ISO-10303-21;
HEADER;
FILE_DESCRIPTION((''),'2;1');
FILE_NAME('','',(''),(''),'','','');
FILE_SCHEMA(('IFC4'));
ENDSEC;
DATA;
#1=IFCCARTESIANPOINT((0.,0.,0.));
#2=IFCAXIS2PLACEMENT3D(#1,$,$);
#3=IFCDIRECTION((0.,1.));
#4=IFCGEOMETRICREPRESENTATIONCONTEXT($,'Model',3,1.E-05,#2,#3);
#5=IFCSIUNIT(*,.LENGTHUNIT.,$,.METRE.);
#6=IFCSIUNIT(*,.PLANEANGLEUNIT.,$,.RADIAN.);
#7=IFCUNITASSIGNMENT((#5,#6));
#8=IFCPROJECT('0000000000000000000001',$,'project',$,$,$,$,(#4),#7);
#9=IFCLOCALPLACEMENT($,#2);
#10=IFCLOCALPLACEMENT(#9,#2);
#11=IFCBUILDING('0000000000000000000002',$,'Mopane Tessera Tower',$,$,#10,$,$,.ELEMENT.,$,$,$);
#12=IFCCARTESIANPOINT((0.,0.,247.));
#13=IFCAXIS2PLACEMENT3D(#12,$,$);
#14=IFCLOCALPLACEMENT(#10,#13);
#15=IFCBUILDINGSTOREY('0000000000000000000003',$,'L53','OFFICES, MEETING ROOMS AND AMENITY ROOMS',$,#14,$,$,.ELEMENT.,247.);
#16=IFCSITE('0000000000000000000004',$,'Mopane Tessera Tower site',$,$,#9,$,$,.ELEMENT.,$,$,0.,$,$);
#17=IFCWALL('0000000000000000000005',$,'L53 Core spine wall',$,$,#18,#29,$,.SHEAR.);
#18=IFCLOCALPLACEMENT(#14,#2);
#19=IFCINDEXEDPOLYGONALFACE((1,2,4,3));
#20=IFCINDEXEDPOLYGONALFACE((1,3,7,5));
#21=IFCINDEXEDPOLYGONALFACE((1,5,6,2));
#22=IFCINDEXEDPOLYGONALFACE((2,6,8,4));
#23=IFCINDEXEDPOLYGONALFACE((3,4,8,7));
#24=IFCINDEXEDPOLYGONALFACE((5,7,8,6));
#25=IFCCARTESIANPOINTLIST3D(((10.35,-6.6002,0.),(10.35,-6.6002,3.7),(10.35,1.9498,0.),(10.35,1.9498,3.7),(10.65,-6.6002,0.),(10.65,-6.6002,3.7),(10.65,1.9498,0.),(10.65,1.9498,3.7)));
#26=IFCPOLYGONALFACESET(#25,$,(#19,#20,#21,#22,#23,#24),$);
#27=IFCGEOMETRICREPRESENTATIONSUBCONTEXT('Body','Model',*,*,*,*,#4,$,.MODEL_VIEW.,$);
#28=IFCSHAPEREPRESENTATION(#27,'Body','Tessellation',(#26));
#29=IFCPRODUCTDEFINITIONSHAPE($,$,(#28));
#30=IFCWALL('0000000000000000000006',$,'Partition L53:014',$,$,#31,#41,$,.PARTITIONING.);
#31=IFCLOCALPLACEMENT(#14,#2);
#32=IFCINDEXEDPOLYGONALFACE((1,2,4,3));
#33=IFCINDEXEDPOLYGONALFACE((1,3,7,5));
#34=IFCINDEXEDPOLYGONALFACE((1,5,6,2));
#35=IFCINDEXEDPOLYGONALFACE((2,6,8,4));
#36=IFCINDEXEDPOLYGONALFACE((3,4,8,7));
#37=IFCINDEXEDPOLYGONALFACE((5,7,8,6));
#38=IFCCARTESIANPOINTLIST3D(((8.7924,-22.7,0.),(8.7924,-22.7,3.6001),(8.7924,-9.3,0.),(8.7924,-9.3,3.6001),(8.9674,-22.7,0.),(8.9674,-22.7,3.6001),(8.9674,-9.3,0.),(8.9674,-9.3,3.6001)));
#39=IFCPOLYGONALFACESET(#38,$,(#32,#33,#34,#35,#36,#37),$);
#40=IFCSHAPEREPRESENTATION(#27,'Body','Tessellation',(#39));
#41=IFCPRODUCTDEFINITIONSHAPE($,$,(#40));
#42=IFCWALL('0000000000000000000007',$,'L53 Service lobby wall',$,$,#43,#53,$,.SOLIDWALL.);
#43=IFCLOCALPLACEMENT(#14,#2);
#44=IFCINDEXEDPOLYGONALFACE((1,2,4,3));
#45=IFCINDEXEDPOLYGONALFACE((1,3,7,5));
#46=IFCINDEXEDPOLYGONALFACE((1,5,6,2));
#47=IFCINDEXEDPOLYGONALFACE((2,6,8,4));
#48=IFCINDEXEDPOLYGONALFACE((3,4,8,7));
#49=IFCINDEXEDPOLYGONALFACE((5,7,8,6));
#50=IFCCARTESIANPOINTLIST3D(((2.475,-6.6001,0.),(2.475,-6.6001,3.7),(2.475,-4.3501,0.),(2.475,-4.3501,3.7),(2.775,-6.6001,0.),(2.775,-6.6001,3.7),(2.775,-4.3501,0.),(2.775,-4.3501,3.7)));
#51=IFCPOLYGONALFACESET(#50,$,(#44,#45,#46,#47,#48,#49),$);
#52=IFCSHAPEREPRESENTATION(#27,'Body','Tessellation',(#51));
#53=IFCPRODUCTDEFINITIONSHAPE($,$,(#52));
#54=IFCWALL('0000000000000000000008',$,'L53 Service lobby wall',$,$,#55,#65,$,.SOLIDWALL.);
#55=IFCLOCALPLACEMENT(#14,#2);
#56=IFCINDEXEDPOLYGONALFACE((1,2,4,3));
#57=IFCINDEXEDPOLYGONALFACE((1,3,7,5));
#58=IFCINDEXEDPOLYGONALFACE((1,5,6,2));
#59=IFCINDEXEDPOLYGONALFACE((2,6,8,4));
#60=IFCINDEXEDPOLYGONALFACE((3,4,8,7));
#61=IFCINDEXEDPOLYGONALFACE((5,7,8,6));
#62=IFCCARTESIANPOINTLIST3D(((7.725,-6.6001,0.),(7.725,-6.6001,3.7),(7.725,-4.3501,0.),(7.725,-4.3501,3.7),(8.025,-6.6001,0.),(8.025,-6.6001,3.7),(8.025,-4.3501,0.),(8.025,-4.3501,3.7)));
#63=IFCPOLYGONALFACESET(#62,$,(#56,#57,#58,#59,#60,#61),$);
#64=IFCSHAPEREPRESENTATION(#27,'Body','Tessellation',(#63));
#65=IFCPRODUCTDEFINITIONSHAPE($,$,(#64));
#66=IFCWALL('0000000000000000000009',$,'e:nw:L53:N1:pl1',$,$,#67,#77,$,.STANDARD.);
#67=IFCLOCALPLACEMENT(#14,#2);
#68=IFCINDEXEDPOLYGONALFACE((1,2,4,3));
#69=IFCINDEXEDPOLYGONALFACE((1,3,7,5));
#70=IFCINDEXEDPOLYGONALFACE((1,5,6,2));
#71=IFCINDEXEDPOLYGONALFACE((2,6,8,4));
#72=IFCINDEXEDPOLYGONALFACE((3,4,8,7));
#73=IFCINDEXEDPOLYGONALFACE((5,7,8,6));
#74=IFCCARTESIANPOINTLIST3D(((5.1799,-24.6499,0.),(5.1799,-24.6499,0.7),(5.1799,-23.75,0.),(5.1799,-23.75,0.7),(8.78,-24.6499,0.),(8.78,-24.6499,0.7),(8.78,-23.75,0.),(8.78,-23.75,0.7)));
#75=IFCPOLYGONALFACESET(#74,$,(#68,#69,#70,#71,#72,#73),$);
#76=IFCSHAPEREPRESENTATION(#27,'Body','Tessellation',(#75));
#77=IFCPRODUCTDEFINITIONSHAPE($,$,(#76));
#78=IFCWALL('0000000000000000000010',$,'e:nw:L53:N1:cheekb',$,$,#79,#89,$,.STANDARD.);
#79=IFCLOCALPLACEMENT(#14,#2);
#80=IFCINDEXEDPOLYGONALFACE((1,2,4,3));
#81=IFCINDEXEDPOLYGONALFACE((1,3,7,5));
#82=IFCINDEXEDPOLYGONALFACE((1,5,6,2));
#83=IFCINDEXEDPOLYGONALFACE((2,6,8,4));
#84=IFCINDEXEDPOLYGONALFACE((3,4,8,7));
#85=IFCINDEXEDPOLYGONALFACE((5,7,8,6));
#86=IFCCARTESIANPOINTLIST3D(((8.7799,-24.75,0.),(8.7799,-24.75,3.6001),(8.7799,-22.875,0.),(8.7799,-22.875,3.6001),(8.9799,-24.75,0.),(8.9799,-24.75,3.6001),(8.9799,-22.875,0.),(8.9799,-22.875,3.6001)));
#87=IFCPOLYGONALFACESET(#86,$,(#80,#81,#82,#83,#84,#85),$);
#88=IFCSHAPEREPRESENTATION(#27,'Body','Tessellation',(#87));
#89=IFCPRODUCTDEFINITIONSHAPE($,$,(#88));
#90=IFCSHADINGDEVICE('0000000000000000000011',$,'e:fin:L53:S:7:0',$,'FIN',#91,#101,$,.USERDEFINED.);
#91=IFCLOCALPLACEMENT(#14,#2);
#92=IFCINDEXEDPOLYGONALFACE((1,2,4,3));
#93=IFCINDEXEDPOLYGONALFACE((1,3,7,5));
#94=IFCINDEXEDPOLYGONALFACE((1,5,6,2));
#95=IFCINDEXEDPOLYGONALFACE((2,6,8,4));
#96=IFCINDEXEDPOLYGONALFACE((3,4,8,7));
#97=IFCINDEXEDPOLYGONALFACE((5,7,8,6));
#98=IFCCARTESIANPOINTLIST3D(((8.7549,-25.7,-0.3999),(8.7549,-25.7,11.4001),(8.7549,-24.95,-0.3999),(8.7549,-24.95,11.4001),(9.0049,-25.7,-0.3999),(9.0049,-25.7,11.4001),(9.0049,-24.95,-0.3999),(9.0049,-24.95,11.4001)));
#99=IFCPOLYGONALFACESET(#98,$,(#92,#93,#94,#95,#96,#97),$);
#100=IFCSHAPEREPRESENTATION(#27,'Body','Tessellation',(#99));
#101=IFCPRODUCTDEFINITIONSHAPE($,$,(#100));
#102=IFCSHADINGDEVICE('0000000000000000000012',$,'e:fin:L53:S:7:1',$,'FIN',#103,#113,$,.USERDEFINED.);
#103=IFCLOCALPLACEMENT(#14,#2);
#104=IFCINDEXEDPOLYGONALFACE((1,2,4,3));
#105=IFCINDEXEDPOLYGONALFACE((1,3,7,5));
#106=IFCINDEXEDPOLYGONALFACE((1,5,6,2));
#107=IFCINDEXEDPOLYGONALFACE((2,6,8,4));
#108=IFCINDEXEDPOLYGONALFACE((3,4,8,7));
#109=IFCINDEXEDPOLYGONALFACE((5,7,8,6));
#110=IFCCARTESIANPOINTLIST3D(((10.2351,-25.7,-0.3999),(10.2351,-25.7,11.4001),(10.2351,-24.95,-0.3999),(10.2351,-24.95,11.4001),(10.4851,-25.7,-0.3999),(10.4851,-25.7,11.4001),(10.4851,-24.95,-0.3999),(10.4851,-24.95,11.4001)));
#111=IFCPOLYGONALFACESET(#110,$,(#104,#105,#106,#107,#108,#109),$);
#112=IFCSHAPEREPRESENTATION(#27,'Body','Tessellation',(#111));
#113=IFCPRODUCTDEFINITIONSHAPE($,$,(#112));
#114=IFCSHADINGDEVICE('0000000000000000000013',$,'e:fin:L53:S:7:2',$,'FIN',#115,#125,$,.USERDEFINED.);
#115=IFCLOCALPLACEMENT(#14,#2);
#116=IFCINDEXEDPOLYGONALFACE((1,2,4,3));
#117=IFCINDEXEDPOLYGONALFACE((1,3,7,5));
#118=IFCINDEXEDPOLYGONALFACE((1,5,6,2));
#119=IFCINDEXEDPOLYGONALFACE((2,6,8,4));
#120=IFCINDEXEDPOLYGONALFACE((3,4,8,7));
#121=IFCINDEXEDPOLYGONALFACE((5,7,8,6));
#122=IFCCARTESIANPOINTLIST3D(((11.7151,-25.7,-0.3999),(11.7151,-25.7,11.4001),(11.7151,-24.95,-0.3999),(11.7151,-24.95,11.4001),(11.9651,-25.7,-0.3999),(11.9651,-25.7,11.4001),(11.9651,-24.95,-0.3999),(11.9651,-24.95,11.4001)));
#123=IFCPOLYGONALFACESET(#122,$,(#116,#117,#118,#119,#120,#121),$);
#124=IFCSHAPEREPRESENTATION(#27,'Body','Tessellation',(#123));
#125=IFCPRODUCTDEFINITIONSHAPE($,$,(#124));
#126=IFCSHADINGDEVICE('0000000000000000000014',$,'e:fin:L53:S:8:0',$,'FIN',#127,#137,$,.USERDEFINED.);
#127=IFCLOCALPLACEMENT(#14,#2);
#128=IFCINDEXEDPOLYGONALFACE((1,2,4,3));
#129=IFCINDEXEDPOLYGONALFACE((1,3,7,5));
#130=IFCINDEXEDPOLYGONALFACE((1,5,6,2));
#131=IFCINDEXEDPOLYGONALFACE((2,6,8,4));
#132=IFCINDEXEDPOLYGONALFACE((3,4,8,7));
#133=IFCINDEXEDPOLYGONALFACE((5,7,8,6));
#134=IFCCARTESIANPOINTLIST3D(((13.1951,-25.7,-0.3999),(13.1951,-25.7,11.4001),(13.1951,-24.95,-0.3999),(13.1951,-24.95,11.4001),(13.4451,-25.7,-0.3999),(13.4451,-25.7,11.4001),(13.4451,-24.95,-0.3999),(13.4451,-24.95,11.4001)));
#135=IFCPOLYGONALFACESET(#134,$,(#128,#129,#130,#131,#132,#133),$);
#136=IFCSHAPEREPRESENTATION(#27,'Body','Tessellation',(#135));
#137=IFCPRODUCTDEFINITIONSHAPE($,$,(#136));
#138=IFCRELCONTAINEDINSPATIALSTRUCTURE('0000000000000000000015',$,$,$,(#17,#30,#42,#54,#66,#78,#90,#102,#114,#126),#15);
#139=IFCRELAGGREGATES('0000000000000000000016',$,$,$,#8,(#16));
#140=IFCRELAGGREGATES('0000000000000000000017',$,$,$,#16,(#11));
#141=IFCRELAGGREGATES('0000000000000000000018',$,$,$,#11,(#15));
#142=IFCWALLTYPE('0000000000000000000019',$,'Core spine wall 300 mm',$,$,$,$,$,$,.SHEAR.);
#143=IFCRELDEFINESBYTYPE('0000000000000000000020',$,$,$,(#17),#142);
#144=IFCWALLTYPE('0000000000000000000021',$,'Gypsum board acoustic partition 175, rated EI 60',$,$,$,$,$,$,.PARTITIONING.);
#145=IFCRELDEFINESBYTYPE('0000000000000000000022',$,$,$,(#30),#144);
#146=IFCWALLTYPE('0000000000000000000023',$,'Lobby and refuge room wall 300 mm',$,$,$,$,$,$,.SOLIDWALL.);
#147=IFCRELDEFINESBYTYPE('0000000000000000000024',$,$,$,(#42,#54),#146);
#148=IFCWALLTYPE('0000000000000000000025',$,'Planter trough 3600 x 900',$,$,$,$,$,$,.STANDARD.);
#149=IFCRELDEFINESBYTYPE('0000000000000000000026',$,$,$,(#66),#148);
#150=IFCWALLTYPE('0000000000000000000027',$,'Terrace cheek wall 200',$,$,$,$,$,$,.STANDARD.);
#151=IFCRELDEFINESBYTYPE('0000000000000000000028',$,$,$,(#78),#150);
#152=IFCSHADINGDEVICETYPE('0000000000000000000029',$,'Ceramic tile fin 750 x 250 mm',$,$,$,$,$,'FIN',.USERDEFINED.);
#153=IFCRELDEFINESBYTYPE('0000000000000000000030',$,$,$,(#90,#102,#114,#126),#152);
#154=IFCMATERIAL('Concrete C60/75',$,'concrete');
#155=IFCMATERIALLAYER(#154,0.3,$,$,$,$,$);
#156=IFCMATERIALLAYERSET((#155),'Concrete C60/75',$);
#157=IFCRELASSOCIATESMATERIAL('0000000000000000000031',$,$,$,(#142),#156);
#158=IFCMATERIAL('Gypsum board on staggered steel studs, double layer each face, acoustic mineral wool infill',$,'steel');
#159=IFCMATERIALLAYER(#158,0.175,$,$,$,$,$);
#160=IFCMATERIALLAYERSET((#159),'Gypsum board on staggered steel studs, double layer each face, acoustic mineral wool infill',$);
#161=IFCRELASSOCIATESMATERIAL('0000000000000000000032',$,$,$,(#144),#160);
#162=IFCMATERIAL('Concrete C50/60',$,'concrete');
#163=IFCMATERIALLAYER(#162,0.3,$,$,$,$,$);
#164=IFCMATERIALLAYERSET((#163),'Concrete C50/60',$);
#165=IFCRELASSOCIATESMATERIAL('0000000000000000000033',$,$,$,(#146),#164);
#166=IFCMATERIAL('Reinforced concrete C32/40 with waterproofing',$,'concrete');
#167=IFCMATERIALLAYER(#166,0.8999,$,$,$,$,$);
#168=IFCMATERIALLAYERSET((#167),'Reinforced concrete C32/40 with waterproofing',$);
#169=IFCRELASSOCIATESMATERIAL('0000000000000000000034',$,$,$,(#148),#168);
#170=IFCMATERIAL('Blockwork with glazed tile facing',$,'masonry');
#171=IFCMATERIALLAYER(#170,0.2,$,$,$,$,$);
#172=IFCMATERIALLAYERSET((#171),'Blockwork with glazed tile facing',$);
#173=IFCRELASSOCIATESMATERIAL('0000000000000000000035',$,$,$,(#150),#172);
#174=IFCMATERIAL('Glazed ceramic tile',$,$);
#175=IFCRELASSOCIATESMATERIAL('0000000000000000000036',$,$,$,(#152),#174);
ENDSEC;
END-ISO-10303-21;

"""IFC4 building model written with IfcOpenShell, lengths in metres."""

from ifc_helpers import new_model, si_unit, direction, frame, frame_2d, origin, origin_2d, place, context, subcontext, project, spatial, rectangle, extrude, material, layer, layer_set, type_object, element, save


model = new_model("IFC4")

# Units and contexts
model_context = context("Model", 3, precision=1e-05, world=origin(), true_north=direction((0.0, 1.0)))
body_context = subcontext(model_context, "Body", "Model", "MODEL_VIEW")
ifc_project = project(units=[si_unit("LENGTHUNIT", "METRE"), si_unit("PLANEANGLEUNIT", "RADIAN")], contexts=[model_context])

# Site, building, storey
site_placement = place(None, origin())
site = spatial("IfcSite", under=ifc_project, at=site_placement, Name="Mopane Tessera Tower site", CompositionType="ELEMENT", RefElevation=0.0)
building_placement = place(site_placement, origin())
building = spatial("IfcBuilding", under=site, at=building_placement, Name="Mopane Tessera Tower", CompositionType="ELEMENT")
storey_placement = place(building_placement, frame((0.0, 0.0, 247.0)))
storey = spatial("IfcBuildingStorey", under=building, at=storey_placement, Name="L53", Description="OFFICES, MEETING ROOMS AND AMENITY ROOMS", CompositionType="ELEMENT", Elevation=247.0)

# Walls
ifc_material_1 = material(Name="Concrete C60/75", Category="concrete")
ifc_layer_1 = layer(ifc_material_1, 0.3)
ifc_layer_set_1 = layer_set([ifc_layer_1], Name="Concrete C60/75")
wall_type_1 = type_object("IfcWallType", Name="Core spine wall 300 mm", PredefinedType="SHEAR", material=ifc_layer_set_1)
wall_1_placement = place(storey_placement, frame((10.5, -6.6001, 0.0), z_axis=(0.0, 0.0, 1.0), x_axis=(0.0, 1.0, 0.0)))
element("IfcWall", 1, at=wall_1_placement, inside=storey, type_object=wall_type_1, Name="L53 Core spine wall", PredefinedType="SHEAR", context=body_context, shape_type="SweptSolid", body=[
    extrude(rectangle(XDim=8.55, YDim=0.3, at=frame_2d((4.2749, 0.0))), origin(), (0.0, 0.0, 1.0), 3.7),
])
ifc_material_2 = material(Name="Gypsum board on staggered steel studs, double layer each face, acoustic mineral wool infill", Category="steel")
ifc_layer_2 = layer(ifc_material_2, 0.175)
ifc_layer_set_2 = layer_set([ifc_layer_2], Name="Gypsum board on staggered steel studs, double layer each face, acoustic mineral wool infill")
wall_type_2 = type_object("IfcWallType", Name="Gypsum board acoustic partition 175, rated EI 60", PredefinedType="PARTITIONING", material=ifc_layer_set_2)
wall_2_placement = place(storey_placement, frame((8.8799, -22.7, 0.0), z_axis=(0.0, 0.0, 1.0), x_axis=(0.0, 1.0, 0.0)))
element("IfcWall", 2, at=wall_2_placement, inside=storey, type_object=wall_type_2, Name="Partition L53:014", PredefinedType="PARTITIONING", context=body_context, shape_type="SweptSolid", body=[
    extrude(rectangle(XDim=13.3999, YDim=0.175, at=frame_2d((6.7, 0.0))), origin(), (0.0, 0.0, 1.0), 3.6001),
])
ifc_material_3 = material(Name="Concrete C50/60", Category="concrete")
ifc_layer_3 = layer(ifc_material_3, 0.3)
ifc_layer_set_3 = layer_set([ifc_layer_3], Name="Concrete C50/60")
wall_type_3 = type_object("IfcWallType", Name="Lobby and refuge room wall 300 mm", PredefinedType="SOLIDWALL", material=ifc_layer_set_3)
for number, where, z_axis, x_axis, name in (
    (3, (2.625, -6.6001, 0.0), (0.0, 0.0, 1.0), (0.0, 1.0, 0.0), "L53 Service lobby wall"),
    (4, (7.875, -6.6001, 0.0), (0.0, 0.0, 1.0), (0.0, 1.0, 0.0), "L53 Service lobby wall"),
):
    element("IfcWall", number, at=place(storey_placement, frame(where, z_axis=z_axis, x_axis=x_axis)), inside=storey, type_object=wall_type_3, Name=name, PredefinedType="SOLIDWALL", context=body_context, shape_type="SweptSolid", body=[
        extrude(rectangle(XDim=2.25, YDim=0.3, at=frame_2d((1.125, 0.0))), origin(), (0.0, 0.0, 1.0), 3.7),
    ])
ifc_material_4 = material(Name="Reinforced concrete C32/40 with waterproofing", Category="concrete")
ifc_layer_4 = layer(ifc_material_4, 0.8999)
ifc_layer_set_4 = layer_set([ifc_layer_4], Name="Reinforced concrete C32/40 with waterproofing")
wall_type_4 = type_object("IfcWallType", Name="Planter trough 3600 x 900", PredefinedType="STANDARD", material=ifc_layer_set_4)
wall_3_placement = place(storey_placement, frame((5.1799, -24.2, 0.0), z_axis=(0.0, 0.0, 1.0), x_axis=(1.0, 0.0, 0.0)))
element("IfcWall", 5, at=wall_3_placement, inside=storey, type_object=wall_type_4, Name="e:nw:L53:N1:pl1", PredefinedType="STANDARD", context=body_context, shape_type="SweptSolid", body=[
    extrude(rectangle(XDim=3.6001, YDim=0.8999, at=frame_2d((1.8, 0.0))), origin(), (0.0, 0.0, 1.0), 0.7),
])
ifc_material_5 = material(Name="Blockwork with glazed tile facing", Category="masonry")
ifc_layer_5 = layer(ifc_material_5, 0.2)
ifc_layer_set_5 = layer_set([ifc_layer_5], Name="Blockwork with glazed tile facing")
wall_type_5 = type_object("IfcWallType", Name="Terrace cheek wall 200", PredefinedType="STANDARD", material=ifc_layer_set_5)
wall_4_placement = place(storey_placement, frame((8.8799, -24.75, 0.0), z_axis=(0.0, 0.0, 1.0), x_axis=(0.0, 1.0, 0.0)))
element("IfcWall", 6, at=wall_4_placement, inside=storey, type_object=wall_type_5, Name="e:nw:L53:N1:cheekb", PredefinedType="STANDARD", context=body_context, shape_type="SweptSolid", body=[
    extrude(rectangle(XDim=1.875, YDim=0.2, at=frame_2d((0.9375, 0.0))), origin(), (0.0, 0.0, 1.0), 3.6001),
])

# Shading devices
ifc_material_6 = material(Name="Glazed ceramic tile")
shading_device_type = type_object("IfcShadingDeviceType", Name="Ceramic tile fin 750 x 250 mm", ElementType="FIN", PredefinedType="USERDEFINED", material=ifc_material_6)
for number, where, z_axis, x_axis, name in (
    (7, (8.8799, -25.325, -0.3999), (0.0, 0.0, 1.0), (1.0, 0.0, 0.0), "e:fin:L53:S:7:0"),
    (8, (10.3601, -25.325, -0.3999), (0.0, 0.0, 1.0), (1.0, 0.0, 0.0), "e:fin:L53:S:7:1"),
    (9, (11.8401, -25.325, -0.3999), (0.0, 0.0, 1.0), (1.0, 0.0, 0.0), "e:fin:L53:S:7:2"),
    (10, (13.3201, -25.325, -0.3999), (0.0, 0.0, 1.0), (1.0, 0.0, 0.0), "e:fin:L53:S:8:0"),
):
    element("IfcShadingDevice", number, at=place(storey_placement, frame(where, z_axis=z_axis, x_axis=x_axis)), inside=storey, type_object=shading_device_type, Name=name, ObjectType="FIN", PredefinedType="USERDEFINED", context=body_context, shape_type="SweptSolid", body=[
        extrude(rectangle(XDim=0.25, YDim=0.75, at=origin_2d()), origin(), (0.0, 0.0, 1.0), 11.8),
    ])

save(model, "model.ifc")
